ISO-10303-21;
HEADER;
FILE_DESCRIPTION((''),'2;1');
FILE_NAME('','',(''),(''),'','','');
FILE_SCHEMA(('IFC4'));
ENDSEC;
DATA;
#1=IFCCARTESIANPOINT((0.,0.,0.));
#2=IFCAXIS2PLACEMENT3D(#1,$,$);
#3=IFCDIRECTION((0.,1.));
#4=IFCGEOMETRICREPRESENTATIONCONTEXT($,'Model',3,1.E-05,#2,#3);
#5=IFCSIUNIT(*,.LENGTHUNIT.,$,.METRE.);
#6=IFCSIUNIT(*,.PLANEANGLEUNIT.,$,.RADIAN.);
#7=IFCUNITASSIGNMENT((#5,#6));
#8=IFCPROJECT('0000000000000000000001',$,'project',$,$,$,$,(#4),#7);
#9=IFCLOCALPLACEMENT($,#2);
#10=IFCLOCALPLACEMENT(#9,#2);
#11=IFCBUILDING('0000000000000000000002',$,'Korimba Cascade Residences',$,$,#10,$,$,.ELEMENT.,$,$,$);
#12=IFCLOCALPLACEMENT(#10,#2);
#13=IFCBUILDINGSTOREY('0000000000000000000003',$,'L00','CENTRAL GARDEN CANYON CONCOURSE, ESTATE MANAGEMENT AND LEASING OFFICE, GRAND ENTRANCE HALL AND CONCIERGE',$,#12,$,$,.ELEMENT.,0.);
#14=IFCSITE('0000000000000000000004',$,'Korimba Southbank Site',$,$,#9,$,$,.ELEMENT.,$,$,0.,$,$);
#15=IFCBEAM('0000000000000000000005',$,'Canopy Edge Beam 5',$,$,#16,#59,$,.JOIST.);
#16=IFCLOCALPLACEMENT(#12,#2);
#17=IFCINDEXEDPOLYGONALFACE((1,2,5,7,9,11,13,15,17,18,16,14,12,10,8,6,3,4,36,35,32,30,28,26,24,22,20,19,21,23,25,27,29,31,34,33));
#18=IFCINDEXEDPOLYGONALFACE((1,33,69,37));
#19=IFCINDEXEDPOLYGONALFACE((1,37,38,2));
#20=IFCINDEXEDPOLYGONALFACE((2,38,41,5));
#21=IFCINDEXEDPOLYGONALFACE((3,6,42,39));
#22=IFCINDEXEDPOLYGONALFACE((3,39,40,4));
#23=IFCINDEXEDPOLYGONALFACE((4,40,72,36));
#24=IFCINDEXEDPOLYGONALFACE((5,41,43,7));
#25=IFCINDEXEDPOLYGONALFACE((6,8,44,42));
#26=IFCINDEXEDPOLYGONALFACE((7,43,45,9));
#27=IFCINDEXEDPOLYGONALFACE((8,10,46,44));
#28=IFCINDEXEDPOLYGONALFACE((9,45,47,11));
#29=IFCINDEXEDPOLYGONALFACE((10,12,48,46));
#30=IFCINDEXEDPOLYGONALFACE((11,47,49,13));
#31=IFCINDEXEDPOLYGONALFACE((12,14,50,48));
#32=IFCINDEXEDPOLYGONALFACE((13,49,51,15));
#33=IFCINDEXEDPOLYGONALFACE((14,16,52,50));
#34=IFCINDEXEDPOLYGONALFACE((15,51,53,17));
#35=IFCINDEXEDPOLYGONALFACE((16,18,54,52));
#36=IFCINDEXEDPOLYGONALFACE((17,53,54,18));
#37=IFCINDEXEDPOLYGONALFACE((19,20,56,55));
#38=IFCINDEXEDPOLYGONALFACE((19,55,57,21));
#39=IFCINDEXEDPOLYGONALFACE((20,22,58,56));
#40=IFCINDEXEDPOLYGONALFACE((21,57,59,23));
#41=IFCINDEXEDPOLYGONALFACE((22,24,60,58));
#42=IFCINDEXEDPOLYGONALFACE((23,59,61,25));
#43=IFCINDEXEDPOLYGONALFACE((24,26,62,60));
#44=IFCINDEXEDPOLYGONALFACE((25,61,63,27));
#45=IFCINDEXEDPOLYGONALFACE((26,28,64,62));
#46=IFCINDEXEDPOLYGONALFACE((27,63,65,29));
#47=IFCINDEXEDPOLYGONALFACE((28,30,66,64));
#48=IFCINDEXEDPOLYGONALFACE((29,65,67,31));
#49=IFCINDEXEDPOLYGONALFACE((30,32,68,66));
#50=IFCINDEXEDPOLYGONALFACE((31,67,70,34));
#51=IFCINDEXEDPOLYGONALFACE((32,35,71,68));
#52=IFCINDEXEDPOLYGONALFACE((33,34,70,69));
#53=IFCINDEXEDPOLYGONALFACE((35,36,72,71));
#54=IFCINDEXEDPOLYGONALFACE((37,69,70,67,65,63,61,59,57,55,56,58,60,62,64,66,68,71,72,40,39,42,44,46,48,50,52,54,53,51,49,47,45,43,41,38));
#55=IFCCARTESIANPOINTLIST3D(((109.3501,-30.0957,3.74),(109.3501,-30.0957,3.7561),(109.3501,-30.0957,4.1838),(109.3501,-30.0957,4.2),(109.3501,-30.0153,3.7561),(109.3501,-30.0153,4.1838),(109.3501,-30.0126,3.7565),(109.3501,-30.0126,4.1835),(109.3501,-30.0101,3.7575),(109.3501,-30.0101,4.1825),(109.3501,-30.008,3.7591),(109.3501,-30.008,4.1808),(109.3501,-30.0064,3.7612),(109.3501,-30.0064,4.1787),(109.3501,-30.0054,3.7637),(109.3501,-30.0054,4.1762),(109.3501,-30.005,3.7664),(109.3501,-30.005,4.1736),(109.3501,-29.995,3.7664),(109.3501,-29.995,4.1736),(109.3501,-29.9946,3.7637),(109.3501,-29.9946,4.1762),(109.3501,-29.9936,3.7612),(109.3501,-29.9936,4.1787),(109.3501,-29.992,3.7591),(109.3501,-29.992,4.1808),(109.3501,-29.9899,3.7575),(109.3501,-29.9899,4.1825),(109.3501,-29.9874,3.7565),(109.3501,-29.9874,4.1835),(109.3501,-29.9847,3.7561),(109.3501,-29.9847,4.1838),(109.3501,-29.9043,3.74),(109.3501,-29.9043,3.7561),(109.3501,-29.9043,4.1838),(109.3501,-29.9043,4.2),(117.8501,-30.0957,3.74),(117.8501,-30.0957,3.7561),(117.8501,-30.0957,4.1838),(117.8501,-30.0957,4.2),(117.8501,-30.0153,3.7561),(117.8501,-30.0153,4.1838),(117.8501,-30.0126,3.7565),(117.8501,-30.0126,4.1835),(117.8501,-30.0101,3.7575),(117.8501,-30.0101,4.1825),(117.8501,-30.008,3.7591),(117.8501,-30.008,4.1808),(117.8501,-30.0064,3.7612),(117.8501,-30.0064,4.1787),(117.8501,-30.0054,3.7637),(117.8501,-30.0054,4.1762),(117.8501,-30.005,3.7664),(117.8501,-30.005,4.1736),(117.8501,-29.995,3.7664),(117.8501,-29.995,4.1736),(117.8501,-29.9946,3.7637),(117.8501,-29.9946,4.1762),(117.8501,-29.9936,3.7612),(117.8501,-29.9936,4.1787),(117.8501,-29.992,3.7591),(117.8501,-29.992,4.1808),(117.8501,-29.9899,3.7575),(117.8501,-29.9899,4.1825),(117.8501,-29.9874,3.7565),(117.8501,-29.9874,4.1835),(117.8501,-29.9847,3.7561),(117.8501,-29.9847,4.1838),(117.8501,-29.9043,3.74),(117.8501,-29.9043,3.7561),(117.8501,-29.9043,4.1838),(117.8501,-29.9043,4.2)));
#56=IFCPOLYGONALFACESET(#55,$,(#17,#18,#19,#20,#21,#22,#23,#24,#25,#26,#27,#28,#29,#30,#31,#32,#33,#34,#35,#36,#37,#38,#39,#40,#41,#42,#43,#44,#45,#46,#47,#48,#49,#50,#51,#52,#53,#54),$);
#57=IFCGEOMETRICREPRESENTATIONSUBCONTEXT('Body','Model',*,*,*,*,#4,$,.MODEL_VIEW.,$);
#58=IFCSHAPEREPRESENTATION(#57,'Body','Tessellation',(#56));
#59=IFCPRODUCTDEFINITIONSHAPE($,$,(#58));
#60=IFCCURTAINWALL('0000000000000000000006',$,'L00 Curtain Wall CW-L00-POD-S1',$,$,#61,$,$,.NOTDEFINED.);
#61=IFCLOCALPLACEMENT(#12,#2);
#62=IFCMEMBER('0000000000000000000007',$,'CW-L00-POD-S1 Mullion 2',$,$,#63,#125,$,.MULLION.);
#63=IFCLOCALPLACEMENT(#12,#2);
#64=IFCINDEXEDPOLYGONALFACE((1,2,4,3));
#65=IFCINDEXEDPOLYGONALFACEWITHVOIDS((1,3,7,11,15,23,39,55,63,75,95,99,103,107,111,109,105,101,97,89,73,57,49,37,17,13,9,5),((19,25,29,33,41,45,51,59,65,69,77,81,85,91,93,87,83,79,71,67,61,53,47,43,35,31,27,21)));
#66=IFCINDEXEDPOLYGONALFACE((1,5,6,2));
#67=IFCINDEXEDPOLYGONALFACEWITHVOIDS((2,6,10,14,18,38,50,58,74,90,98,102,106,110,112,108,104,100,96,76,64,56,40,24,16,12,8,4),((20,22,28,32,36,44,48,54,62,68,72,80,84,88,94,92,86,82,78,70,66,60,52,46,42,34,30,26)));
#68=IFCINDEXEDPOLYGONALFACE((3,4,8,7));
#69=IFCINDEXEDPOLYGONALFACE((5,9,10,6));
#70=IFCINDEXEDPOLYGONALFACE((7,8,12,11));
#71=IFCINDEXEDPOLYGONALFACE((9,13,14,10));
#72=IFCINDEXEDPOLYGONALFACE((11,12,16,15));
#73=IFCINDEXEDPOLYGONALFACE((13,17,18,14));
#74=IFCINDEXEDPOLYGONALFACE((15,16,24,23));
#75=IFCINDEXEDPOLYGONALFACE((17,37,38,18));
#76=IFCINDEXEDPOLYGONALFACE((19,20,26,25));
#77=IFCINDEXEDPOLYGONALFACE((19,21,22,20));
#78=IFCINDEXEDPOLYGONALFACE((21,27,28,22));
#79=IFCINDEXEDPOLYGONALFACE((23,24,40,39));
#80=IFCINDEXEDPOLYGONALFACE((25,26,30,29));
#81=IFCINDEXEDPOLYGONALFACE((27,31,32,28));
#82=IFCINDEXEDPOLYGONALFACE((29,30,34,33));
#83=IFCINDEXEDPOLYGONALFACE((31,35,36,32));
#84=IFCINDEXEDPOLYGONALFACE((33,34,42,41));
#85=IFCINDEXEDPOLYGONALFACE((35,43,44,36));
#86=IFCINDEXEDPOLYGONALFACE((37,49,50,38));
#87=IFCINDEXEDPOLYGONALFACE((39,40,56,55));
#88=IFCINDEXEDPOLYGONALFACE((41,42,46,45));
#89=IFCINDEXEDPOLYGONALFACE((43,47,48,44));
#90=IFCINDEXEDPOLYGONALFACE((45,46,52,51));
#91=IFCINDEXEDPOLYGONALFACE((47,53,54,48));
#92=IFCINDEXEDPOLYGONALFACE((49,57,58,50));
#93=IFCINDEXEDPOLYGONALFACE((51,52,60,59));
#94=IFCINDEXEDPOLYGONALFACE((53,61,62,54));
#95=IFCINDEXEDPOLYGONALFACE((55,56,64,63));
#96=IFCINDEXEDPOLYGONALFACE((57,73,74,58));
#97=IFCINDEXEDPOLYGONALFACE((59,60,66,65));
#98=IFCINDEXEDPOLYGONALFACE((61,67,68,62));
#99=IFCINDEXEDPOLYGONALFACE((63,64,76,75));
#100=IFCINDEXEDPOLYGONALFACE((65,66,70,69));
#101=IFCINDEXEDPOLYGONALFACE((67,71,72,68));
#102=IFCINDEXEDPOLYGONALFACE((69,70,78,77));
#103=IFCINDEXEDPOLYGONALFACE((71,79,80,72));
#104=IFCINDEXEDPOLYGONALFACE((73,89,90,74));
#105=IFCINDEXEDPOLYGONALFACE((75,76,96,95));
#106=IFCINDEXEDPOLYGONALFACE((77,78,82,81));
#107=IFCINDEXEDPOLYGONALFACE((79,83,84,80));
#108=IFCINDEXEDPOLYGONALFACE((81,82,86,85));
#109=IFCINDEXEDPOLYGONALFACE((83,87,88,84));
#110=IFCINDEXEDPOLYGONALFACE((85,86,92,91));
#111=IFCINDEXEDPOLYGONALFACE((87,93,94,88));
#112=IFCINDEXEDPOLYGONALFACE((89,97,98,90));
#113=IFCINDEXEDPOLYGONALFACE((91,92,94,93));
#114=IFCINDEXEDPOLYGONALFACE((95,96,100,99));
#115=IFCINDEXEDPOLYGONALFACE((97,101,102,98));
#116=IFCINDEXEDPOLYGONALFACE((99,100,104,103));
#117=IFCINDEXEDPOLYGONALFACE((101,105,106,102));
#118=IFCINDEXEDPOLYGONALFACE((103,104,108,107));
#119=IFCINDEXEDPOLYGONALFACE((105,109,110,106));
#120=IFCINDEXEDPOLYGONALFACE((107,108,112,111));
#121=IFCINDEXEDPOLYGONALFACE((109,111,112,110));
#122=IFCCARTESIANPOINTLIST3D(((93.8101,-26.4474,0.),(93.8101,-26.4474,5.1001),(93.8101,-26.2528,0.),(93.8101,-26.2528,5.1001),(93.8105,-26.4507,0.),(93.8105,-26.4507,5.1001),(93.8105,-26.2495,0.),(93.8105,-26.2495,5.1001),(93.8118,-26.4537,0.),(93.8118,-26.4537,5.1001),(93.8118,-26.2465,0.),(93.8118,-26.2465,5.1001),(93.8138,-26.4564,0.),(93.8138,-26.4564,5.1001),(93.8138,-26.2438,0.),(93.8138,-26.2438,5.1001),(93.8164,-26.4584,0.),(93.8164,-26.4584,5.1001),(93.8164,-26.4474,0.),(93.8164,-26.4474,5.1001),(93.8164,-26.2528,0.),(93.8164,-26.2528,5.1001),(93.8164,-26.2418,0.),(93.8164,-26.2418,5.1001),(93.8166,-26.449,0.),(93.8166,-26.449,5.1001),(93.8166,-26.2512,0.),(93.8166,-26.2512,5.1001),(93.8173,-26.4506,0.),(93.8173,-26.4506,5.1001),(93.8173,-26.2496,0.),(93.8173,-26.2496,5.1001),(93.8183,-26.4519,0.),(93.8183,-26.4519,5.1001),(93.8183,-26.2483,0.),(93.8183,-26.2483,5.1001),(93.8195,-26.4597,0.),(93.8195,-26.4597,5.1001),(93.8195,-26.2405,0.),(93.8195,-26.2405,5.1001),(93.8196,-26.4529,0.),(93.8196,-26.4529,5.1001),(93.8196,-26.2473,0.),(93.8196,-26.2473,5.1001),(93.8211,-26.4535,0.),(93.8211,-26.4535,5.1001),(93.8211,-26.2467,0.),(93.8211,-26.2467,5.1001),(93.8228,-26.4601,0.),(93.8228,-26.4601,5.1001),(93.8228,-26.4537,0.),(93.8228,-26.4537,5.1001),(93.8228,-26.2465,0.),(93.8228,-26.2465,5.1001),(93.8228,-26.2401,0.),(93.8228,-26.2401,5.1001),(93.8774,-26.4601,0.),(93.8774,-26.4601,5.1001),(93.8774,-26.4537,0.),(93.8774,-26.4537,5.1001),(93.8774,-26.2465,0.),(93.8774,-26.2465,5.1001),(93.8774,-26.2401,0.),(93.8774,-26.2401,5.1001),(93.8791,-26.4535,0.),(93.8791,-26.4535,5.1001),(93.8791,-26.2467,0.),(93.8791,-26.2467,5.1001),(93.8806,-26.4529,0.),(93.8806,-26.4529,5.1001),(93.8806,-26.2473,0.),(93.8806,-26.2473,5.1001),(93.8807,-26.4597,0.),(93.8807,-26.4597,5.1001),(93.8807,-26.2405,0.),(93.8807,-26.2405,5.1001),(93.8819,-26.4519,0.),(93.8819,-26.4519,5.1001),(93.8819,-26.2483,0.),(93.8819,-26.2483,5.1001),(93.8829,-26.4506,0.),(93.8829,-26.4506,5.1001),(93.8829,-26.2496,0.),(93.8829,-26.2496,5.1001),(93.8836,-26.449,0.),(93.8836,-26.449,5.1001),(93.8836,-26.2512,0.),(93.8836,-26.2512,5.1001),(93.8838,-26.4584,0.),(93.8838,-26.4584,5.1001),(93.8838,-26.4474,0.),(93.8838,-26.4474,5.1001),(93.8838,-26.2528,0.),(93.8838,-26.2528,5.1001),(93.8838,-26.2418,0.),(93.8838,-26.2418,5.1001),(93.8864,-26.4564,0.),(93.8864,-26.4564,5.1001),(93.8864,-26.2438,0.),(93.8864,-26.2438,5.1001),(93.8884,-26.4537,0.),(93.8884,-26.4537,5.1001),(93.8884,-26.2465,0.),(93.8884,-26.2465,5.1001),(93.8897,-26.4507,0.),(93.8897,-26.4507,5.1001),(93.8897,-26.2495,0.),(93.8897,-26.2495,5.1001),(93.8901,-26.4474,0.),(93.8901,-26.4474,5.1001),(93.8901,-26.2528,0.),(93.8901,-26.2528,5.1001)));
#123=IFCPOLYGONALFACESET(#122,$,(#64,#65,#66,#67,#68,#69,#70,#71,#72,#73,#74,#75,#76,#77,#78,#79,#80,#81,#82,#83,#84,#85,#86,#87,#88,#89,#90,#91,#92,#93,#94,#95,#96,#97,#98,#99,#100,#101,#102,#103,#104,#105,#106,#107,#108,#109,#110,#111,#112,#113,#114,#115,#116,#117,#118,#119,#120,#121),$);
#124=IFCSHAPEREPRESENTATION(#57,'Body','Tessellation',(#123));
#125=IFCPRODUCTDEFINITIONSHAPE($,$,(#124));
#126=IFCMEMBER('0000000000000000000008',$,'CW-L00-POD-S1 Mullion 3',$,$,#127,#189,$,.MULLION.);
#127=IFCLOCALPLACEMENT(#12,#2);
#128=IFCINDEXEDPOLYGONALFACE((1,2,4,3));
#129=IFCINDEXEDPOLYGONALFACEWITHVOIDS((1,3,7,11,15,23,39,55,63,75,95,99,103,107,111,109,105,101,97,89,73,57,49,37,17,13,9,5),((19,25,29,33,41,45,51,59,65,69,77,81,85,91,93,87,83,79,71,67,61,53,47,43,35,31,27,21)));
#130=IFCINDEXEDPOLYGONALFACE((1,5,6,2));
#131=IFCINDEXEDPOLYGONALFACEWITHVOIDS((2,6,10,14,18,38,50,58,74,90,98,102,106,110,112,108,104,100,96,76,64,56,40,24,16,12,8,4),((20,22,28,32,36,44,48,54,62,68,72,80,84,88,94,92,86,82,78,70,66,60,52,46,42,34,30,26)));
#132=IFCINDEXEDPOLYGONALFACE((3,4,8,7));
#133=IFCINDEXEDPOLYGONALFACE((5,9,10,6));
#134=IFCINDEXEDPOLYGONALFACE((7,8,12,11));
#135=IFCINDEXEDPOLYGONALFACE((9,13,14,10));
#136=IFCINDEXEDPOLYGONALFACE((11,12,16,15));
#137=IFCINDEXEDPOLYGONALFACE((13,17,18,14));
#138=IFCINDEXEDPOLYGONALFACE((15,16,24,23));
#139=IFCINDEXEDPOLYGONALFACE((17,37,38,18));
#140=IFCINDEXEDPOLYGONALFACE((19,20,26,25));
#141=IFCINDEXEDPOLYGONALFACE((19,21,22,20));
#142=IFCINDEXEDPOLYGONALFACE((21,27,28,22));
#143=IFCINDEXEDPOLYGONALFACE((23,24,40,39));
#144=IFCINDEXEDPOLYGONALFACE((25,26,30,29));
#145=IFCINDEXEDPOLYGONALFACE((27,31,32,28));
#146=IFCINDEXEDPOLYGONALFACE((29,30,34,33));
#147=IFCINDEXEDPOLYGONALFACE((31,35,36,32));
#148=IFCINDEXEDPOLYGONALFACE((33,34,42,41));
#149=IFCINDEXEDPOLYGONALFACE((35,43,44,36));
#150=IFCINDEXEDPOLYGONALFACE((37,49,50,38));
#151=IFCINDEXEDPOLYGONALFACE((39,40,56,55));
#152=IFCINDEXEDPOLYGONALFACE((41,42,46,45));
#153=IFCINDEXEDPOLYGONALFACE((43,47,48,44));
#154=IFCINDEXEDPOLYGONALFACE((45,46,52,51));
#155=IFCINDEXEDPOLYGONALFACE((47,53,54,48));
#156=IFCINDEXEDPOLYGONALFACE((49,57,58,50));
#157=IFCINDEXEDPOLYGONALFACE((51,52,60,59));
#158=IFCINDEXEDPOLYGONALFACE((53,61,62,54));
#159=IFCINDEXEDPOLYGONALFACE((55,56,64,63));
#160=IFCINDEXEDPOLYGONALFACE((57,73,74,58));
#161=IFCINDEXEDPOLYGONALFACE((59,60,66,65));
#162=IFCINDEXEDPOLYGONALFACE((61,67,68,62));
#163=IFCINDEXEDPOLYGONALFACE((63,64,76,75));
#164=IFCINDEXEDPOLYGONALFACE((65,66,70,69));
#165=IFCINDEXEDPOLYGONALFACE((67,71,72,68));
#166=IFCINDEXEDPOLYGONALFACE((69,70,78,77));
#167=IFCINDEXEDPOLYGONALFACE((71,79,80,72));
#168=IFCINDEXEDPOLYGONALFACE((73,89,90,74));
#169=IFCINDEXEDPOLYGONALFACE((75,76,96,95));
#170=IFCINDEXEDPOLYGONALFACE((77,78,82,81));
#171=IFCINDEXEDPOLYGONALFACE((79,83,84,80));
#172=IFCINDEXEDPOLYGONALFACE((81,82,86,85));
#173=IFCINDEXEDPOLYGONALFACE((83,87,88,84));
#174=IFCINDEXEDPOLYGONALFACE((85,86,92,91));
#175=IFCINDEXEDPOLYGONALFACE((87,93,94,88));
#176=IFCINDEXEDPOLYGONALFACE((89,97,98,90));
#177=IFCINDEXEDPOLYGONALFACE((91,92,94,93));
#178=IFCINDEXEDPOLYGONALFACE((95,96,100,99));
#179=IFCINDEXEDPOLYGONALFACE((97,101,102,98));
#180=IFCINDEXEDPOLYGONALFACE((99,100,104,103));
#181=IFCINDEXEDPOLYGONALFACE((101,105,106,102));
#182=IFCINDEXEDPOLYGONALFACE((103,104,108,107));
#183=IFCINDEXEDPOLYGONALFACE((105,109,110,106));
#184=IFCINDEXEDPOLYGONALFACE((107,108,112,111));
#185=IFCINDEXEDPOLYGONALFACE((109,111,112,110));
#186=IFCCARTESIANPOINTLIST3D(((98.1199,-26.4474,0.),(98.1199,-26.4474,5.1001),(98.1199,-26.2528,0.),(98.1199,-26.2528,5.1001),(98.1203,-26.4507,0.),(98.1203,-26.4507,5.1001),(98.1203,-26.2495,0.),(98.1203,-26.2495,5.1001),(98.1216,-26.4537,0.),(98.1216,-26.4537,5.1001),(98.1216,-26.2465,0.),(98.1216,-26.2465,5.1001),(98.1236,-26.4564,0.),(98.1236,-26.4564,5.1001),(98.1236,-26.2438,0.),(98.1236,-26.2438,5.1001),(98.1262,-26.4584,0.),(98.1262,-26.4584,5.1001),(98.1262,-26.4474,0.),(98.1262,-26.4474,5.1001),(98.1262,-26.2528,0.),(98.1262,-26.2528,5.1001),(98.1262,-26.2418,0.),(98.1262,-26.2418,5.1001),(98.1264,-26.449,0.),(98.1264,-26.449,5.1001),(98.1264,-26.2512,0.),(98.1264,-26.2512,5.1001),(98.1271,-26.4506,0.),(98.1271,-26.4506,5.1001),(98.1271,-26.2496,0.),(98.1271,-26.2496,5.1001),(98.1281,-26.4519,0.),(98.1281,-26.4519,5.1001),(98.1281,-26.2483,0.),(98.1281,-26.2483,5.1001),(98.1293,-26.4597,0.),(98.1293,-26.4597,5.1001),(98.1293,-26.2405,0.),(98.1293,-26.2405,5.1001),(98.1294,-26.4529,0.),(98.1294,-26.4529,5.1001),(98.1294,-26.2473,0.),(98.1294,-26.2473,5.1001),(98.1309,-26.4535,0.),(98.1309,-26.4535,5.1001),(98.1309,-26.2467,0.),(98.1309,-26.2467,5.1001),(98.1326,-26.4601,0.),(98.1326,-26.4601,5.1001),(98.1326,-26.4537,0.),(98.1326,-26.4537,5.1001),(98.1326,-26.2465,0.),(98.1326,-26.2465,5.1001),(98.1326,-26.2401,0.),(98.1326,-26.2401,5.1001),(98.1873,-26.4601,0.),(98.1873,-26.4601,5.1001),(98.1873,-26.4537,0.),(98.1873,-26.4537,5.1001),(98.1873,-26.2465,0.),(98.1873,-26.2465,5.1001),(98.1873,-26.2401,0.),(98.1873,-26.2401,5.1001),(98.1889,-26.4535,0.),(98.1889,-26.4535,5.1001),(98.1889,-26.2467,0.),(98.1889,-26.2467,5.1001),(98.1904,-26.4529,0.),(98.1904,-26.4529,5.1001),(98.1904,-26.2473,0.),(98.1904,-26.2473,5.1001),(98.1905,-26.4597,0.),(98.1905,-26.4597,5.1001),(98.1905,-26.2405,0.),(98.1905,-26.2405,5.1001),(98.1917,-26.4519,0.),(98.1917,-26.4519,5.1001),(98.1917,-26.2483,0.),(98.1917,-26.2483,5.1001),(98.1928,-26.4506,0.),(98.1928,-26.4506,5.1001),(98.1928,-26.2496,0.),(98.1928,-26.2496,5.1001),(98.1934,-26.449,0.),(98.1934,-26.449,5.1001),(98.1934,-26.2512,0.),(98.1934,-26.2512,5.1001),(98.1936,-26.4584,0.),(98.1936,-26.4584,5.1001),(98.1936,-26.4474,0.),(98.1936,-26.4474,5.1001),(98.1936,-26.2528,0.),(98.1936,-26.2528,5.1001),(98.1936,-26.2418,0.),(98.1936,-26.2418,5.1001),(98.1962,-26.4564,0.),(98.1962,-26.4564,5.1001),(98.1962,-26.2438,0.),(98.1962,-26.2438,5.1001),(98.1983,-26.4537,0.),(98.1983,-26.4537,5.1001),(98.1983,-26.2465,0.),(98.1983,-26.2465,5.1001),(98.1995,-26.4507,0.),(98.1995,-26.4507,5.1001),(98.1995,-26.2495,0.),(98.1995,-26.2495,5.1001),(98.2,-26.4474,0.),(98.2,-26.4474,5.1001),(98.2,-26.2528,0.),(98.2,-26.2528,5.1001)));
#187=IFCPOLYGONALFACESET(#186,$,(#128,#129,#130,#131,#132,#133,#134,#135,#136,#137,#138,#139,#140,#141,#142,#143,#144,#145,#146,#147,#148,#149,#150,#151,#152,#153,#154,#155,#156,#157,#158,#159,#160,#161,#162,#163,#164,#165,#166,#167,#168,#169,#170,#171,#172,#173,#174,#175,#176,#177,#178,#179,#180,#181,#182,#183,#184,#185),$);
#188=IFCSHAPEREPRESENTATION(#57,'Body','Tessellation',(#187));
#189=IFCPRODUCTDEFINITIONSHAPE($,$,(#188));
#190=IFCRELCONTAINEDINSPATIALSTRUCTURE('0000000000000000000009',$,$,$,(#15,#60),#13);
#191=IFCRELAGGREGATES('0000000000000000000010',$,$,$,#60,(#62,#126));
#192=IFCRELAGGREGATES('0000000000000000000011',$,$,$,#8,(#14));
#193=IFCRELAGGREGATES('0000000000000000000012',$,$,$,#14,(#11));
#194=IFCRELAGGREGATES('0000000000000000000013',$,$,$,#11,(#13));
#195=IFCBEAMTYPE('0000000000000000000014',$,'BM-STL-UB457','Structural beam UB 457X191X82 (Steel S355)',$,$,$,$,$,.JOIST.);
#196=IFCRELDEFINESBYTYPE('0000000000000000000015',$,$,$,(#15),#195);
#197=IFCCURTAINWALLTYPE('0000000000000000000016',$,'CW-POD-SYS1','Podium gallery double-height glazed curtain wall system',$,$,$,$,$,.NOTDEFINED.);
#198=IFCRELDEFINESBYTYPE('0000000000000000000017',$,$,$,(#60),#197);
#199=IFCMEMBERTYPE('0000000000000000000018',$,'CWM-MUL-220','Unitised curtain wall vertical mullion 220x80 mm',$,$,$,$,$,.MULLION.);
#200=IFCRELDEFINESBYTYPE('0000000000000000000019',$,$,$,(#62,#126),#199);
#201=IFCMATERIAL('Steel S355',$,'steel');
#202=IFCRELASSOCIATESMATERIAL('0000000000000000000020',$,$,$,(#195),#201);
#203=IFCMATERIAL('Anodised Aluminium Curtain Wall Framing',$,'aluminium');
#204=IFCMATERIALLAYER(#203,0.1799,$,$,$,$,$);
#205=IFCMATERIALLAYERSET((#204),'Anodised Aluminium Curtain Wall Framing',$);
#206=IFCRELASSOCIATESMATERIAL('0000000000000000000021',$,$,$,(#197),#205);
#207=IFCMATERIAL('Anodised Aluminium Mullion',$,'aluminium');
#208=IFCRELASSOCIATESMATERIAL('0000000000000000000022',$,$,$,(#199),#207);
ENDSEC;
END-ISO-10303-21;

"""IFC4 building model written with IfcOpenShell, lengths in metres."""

from ifc_helpers import new_model, si_unit, direction, frame, origin, origin_2d, place, context, subcontext, project, spatial, hollow_rectangle, i_section, extrude, material, layer, layer_set, material_profile, profile_set, type_object, element, aggregate, save


model = new_model("IFC4")

# Units and contexts
model_context = context("Model", 3, precision=1e-05, world=origin(), true_north=direction((0.0, 1.0)))
body_context = subcontext(model_context, "Body", "Model", "MODEL_VIEW")
ifc_project = project(units=[si_unit("LENGTHUNIT", "METRE"), si_unit("PLANEANGLEUNIT", "RADIAN")], contexts=[model_context])

# Site, building, storey
site_placement = place(None, origin())
site = spatial("IfcSite", under=ifc_project, at=site_placement, Name="Korimba Southbank Site", CompositionType="ELEMENT", RefElevation=0.0)
building_placement = place(site_placement, origin())
building = spatial("IfcBuilding", under=site, at=building_placement, Name="Korimba Cascade Residences", CompositionType="ELEMENT")
storey_placement = place(building_placement, origin())
storey = spatial("IfcBuildingStorey", under=building, at=storey_placement, Name="L00", Description="CENTRAL GARDEN CANYON CONCOURSE, ESTATE MANAGEMENT AND LEASING OFFICE, GRAND ENTRANCE HALL AND CONCIERGE", CompositionType="ELEMENT", Elevation=0.0)

# Shared definitions
ifc_material_1 = material(Name="Steel S355", Category="steel")

# Beam
ifc_material_profile_1 = material_profile(ifc_material_1, i_section(OverallWidth=0.1914, OverallDepth=0.46, WebThickness=0.01, FlangeThickness=0.0161, FilletRadius=0.0103, at=origin_2d()), Name="Steel S355")
ifc_profile_set_1 = profile_set([ifc_material_profile_1], Name="Steel S355")
beam_type = type_object("IfcBeamType", Name="BM-STL-UB457", Description="Structural beam UB 457X191X82 (Steel S355)", PredefinedType="JOIST", material=ifc_profile_set_1)
for number, where, z_axis, x_axis, name in (
    (1, (109.3501, -30.0, 3.97), (1.0, 0.0, 0.0), (0.0, 1.0, 0.0), "Canopy Edge Beam 5"),
):
    element("IfcBeam", number, at=place(storey_placement, frame(where, z_axis=z_axis, x_axis=x_axis)), inside=storey, type_object=beam_type, Name=name, PredefinedType="JOIST", context=body_context, shape_type="SweptSolid", body=[
        extrude(i_section(OverallWidth=0.1914, OverallDepth=0.46, WebThickness=0.01, FlangeThickness=0.0161, FilletRadius=0.0103, at=origin_2d()), origin(), (0.0, 0.0, 1.0), 8.5),
    ])

# Curtain wall, members
ifc_material_2 = material(Name="Anodised Aluminium Curtain Wall Framing", Category="aluminium")
ifc_layer_1 = layer(ifc_material_2, 0.1799)
ifc_layer_set_1 = layer_set([ifc_layer_1], Name="Anodised Aluminium Curtain Wall Framing")
curtain_wall_type = type_object("IfcCurtainWallType", Name="CW-POD-SYS1", Description="Podium gallery double-height glazed curtain wall system", PredefinedType="NOTDEFINED", material=ifc_layer_set_1)
curtain_wall_1_placement = place(storey_placement, origin())
curtain_wall_1 = element("IfcCurtainWall", 2, at=curtain_wall_1_placement, inside=storey, type_object=curtain_wall_type, Name="L00 Curtain Wall CW-L00-POD-S1", PredefinedType="NOTDEFINED")
ifc_material_3 = material(Name="Anodised Aluminium Mullion", Category="aluminium")
ifc_material_profile_2 = material_profile(ifc_material_3, hollow_rectangle(XDim=0.0801, YDim=0.22, WallThickness=0.0063, InnerFilletRadius=0.0063, OuterFilletRadius=0.0127, at=origin_2d()), Name="Anodised Aluminium Mullion")
ifc_profile_set_2 = profile_set([ifc_material_profile_2], Name="Anodised Aluminium Mullion")
member_type_1 = type_object("IfcMemberType", Name="CWM-MUL-220", Description="Unitised curtain wall vertical mullion 220x80 mm", PredefinedType="MULLION", material=ifc_profile_set_2)
member_1_placement = place(storey_placement, frame((93.8501, -26.3501, 0.0), z_axis=(0.0, 0.0, 1.0), x_axis=(1.0, 0.0, 0.0)))
member_1 = element("IfcMember", 3, at=member_1_placement, type_object=member_type_1, Name="CW-L00-POD-S1 Mullion 2", PredefinedType="MULLION", context=body_context, shape_type="SweptSolid", body=[
    extrude(hollow_rectangle(XDim=0.0801, YDim=0.22, WallThickness=0.0063, InnerFilletRadius=0.0063, OuterFilletRadius=0.0127, at=origin_2d()), origin(), (0.0, 0.0, 1.0), 5.1001),
])
member_2_placement = place(storey_placement, frame((98.1599, -26.3501, 0.0), z_axis=(0.0, 0.0, 1.0), x_axis=(1.0, 0.0, 0.0)))
member_2 = element("IfcMember", 4, at=member_2_placement, type_object=member_type_1, Name="CW-L00-POD-S1 Mullion 3", PredefinedType="MULLION", context=body_context, shape_type="SweptSolid", body=[
    extrude(hollow_rectangle(XDim=0.0801, YDim=0.22, WallThickness=0.0063, InnerFilletRadius=0.0063, OuterFilletRadius=0.0127, at=origin_2d()), origin(), (0.0, 0.0, 1.0), 5.1001),
])

aggregate(curtain_wall_1, [member_1, member_2])

save(model, "model.ifc")
